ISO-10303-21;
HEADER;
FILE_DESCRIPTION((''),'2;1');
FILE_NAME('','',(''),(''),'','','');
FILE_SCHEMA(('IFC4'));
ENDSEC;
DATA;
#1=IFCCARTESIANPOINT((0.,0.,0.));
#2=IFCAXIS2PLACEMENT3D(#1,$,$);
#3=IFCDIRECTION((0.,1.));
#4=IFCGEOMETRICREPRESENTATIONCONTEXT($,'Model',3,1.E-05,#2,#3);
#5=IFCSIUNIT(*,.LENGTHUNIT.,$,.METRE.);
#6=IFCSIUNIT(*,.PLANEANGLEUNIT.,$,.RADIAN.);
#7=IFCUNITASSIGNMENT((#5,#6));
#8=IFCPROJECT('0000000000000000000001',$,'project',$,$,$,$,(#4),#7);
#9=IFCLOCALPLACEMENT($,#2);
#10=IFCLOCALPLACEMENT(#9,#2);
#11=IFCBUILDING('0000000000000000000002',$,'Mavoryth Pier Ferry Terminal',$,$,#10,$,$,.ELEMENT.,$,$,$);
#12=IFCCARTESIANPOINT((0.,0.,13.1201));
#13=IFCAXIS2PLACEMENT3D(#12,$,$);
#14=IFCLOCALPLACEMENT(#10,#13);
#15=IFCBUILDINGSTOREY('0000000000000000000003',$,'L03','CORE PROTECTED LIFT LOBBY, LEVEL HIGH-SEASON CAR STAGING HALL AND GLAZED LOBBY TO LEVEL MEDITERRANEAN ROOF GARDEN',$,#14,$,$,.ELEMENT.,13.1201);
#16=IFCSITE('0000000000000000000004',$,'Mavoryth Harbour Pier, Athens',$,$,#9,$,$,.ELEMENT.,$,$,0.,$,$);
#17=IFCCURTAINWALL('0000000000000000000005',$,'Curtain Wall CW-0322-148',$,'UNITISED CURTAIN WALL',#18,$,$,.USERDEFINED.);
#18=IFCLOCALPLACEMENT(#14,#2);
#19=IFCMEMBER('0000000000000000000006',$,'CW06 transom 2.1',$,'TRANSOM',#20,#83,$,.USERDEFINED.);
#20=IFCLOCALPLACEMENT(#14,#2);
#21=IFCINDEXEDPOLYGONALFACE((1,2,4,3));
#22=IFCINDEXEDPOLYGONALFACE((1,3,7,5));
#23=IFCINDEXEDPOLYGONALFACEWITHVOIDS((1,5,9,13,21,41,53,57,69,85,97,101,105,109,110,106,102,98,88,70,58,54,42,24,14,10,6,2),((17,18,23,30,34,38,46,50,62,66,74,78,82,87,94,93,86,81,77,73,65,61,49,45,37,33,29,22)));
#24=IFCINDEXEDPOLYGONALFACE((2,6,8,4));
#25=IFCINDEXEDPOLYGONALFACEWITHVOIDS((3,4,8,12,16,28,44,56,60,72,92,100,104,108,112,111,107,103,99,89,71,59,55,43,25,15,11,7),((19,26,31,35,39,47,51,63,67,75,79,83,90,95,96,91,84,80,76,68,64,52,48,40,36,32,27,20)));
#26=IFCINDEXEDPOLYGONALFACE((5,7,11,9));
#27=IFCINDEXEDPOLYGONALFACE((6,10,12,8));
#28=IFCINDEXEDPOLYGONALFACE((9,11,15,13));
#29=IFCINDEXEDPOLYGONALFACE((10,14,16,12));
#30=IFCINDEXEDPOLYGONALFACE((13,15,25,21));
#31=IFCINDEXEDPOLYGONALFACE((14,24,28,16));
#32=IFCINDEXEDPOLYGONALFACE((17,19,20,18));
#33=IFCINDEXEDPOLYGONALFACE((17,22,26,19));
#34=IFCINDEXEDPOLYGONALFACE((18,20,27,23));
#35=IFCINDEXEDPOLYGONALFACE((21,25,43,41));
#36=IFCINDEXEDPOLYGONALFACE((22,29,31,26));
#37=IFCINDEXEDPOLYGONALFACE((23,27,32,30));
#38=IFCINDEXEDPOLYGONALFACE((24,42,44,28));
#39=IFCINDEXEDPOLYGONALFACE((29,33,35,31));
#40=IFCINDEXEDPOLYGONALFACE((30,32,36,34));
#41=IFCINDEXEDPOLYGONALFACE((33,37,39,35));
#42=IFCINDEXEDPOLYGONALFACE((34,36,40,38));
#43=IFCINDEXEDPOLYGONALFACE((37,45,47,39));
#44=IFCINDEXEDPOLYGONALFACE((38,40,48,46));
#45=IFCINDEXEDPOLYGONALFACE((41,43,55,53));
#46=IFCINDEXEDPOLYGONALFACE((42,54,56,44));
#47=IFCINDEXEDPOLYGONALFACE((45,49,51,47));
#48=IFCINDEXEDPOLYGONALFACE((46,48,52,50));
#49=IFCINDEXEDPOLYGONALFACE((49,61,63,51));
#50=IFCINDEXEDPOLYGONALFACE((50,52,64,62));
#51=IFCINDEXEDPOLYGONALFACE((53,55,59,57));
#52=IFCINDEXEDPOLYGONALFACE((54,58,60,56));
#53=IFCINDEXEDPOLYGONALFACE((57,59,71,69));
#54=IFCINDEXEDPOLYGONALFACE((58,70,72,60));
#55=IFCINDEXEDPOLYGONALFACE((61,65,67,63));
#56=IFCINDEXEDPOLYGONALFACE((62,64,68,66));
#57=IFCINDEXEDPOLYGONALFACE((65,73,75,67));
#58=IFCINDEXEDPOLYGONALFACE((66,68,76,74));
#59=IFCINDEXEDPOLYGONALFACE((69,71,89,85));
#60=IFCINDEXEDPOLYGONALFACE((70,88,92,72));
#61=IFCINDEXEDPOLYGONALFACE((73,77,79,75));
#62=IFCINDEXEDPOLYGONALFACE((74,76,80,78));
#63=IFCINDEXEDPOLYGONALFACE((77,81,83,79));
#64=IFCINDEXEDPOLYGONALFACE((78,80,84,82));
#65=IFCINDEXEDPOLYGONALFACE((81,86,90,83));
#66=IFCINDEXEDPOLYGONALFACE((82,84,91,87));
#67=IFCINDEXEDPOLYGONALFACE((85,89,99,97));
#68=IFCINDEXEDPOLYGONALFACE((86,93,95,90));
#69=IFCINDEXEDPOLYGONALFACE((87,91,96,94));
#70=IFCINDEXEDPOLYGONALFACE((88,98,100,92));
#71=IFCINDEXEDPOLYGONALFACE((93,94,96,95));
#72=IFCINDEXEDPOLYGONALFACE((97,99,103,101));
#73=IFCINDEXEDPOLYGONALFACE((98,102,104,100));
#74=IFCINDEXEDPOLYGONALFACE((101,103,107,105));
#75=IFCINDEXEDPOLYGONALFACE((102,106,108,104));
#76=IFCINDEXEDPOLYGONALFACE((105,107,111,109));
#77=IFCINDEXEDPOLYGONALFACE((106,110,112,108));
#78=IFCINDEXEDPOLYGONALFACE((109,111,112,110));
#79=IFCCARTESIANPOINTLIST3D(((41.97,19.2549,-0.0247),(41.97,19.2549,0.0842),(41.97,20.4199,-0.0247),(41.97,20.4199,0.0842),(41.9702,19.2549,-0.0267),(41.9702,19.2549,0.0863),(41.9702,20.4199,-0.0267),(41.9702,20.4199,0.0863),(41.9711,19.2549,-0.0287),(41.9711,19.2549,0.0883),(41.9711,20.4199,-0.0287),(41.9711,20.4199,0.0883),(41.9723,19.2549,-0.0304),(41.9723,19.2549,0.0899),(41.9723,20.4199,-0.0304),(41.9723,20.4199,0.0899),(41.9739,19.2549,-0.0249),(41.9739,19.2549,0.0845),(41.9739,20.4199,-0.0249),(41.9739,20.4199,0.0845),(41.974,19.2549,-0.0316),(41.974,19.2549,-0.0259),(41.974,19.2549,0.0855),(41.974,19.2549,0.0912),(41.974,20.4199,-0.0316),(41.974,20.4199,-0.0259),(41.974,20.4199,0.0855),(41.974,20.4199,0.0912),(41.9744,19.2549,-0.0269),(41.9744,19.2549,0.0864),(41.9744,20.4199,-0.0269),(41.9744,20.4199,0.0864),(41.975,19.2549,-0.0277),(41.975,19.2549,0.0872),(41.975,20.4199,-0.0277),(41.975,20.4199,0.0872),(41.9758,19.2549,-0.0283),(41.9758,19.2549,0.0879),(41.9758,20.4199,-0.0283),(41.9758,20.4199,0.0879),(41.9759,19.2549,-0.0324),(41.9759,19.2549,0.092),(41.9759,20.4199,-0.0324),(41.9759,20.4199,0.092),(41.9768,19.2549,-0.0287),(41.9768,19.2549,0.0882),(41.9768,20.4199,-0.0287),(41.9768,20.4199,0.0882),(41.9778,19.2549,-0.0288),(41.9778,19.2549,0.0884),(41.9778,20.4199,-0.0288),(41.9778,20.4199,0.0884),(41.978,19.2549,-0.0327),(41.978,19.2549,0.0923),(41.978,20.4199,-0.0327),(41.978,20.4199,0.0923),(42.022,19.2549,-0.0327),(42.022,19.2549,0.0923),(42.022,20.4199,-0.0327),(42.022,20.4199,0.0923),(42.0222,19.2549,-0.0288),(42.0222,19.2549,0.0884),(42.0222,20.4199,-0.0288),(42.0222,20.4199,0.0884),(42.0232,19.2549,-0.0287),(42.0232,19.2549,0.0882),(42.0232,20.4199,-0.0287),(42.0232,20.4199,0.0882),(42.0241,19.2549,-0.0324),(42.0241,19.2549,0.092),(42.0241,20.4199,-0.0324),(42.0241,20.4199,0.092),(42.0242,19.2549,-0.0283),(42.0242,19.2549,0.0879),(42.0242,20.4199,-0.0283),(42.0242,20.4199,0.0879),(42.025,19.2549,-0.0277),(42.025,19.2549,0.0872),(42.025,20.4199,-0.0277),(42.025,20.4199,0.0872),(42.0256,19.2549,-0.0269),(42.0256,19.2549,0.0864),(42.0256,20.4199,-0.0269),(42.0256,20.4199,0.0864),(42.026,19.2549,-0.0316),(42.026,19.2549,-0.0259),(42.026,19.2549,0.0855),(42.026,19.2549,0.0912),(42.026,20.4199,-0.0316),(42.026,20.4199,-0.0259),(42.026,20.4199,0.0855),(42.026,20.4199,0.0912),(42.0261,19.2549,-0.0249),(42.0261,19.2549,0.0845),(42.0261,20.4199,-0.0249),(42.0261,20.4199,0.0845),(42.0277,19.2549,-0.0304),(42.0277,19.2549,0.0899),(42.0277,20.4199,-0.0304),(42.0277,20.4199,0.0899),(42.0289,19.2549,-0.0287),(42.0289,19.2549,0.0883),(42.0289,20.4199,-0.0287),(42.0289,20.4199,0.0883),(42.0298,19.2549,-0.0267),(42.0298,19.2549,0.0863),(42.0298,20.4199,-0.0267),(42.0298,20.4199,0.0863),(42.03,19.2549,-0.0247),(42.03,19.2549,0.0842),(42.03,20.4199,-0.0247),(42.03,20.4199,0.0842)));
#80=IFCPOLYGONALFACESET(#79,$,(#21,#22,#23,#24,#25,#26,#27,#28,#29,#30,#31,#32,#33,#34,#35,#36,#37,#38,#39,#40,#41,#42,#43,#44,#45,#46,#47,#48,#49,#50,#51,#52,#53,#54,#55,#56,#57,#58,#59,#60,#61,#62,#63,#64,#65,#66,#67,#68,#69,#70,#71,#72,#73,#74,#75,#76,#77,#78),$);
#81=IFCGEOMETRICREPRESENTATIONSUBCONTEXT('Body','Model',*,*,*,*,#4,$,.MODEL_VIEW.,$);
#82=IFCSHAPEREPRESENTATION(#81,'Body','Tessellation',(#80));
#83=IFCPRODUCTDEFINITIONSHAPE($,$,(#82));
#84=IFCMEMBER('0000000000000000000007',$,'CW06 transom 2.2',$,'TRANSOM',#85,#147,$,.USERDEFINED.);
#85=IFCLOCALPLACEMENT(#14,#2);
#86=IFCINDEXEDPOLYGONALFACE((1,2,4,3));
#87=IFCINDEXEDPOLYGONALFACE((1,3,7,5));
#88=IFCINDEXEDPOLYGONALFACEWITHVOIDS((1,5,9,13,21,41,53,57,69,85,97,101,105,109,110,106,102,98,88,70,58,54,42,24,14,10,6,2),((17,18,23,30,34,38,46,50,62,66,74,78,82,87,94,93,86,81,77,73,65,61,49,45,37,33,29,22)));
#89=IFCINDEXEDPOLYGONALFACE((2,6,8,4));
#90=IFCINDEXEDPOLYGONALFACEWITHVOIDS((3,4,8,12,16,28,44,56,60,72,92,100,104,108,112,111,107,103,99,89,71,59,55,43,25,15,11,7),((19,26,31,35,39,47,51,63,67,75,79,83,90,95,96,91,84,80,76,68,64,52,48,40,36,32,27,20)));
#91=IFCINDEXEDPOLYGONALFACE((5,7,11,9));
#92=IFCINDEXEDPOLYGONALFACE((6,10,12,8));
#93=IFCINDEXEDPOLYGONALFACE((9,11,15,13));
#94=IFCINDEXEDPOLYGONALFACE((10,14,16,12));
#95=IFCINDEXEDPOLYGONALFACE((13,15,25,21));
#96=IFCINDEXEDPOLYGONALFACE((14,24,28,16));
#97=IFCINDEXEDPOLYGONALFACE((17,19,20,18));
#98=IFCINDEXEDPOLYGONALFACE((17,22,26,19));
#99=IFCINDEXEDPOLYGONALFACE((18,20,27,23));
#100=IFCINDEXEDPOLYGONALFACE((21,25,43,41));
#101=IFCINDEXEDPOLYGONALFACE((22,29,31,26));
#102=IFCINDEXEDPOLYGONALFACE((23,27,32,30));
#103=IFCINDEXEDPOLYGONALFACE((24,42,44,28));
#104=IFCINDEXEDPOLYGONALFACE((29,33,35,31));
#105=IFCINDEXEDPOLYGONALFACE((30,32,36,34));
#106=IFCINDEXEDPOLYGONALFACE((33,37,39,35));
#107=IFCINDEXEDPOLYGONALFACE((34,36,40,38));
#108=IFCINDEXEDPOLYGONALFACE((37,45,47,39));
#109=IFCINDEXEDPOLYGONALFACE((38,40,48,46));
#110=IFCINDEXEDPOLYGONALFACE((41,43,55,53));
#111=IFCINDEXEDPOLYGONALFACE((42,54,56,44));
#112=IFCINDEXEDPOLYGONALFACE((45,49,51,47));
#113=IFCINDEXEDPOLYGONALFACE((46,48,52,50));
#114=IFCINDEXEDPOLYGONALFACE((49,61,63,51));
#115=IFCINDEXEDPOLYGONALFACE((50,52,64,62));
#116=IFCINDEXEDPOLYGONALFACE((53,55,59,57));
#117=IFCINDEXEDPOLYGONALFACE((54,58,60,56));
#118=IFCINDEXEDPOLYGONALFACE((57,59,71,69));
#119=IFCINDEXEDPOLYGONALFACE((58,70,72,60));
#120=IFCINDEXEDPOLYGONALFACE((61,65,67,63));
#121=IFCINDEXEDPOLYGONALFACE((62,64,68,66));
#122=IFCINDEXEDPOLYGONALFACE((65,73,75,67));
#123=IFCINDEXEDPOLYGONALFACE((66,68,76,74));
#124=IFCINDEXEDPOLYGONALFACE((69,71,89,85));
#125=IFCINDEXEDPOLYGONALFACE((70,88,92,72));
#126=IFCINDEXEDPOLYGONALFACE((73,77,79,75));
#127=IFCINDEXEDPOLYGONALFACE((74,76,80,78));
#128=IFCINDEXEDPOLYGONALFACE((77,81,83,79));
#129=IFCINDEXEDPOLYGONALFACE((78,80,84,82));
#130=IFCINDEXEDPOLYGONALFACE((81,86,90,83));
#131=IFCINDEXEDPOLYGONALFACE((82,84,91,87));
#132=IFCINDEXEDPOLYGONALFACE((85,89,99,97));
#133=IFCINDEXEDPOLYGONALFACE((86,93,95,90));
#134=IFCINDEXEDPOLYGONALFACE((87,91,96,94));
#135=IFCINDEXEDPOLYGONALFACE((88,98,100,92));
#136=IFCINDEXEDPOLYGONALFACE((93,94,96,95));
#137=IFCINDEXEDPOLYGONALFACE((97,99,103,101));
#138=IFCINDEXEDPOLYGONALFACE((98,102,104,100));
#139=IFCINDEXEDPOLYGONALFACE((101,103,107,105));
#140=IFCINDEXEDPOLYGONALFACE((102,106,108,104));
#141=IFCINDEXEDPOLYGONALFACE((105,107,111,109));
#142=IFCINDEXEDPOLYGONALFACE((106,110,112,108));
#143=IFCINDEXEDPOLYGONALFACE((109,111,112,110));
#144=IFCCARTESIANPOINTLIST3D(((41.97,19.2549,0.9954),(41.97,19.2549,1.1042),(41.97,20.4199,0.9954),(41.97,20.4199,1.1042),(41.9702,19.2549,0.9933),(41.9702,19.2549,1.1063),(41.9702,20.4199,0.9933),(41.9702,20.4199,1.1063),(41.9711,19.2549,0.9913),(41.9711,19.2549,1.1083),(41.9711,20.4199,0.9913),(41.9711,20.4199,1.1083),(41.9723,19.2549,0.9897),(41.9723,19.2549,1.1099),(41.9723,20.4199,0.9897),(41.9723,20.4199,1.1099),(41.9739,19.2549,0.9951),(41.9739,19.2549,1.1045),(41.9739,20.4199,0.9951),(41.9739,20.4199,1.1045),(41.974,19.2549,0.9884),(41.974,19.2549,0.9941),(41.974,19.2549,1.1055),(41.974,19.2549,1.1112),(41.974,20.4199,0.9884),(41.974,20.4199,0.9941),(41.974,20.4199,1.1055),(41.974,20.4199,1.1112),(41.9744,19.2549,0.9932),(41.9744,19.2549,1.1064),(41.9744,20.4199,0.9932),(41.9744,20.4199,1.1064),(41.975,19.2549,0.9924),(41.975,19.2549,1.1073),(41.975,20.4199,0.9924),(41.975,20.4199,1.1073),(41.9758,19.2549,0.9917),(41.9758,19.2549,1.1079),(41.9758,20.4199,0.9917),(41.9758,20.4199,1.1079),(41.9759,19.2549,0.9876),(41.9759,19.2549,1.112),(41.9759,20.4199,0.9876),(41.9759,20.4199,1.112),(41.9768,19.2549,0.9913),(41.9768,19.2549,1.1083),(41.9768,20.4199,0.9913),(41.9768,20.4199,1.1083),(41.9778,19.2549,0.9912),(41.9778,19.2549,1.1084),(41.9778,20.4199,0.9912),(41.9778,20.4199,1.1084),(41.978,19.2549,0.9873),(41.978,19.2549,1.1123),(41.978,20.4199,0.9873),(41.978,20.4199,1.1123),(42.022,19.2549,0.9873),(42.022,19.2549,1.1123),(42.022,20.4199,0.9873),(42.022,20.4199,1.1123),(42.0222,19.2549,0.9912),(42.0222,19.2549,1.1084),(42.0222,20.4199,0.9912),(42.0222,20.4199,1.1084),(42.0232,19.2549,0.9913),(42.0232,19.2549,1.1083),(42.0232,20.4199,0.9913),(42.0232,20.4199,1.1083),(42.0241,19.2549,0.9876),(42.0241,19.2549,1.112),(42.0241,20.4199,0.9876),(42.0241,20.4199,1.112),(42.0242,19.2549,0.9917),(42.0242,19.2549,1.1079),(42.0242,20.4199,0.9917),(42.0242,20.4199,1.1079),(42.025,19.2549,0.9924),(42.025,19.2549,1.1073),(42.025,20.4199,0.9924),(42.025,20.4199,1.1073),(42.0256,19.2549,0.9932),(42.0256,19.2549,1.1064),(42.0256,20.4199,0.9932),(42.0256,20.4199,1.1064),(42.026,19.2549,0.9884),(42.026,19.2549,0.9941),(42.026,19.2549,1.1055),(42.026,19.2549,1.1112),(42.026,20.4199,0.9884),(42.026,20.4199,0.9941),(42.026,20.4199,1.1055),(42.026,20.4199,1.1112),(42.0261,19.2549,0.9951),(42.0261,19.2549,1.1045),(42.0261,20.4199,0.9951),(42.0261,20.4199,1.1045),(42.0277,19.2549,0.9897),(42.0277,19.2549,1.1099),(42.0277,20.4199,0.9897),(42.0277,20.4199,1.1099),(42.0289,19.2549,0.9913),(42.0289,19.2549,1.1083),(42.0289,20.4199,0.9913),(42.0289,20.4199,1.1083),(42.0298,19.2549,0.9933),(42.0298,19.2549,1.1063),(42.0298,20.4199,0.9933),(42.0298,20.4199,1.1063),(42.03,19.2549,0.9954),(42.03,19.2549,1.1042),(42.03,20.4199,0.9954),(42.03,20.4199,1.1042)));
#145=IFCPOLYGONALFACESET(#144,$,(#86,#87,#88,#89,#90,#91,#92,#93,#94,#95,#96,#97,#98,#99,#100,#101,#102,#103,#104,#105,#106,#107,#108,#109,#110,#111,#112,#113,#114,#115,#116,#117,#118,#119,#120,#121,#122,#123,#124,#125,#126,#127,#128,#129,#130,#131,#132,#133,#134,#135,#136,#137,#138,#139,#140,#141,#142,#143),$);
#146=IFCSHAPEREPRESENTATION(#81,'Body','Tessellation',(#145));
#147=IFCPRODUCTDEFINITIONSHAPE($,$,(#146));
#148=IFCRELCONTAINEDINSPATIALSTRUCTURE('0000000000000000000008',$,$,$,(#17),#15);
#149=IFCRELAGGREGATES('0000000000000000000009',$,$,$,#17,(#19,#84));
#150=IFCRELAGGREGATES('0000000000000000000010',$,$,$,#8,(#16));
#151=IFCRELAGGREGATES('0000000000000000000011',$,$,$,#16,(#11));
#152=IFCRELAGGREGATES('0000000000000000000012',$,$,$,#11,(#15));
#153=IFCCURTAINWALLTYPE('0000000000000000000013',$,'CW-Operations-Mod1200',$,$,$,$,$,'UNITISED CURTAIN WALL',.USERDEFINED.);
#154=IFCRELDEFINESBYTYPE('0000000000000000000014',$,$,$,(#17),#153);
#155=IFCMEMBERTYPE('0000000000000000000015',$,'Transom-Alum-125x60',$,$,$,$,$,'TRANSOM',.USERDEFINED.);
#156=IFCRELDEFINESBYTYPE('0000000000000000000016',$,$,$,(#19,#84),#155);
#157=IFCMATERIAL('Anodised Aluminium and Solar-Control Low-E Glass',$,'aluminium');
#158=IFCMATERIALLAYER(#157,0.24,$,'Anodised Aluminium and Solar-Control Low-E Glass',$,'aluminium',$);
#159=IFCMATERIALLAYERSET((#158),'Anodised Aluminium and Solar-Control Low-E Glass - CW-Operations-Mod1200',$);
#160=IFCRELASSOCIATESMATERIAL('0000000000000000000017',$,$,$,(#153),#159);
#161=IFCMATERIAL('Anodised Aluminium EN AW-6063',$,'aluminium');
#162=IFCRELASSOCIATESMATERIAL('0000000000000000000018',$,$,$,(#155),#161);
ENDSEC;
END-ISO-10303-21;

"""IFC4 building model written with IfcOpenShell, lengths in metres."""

from ifc_helpers import new_model, si_unit, direction, frame, origin, origin_2d, place, context, subcontext, project, spatial, hollow_rectangle, extrude, material, layer, layer_set, material_profile, profile_set, type_object, element, aggregate, save


model = new_model("IFC4")

# Units and contexts
model_context = context("Model", 3, precision=1e-05, world=origin(), true_north=direction((0.0, 1.0)))
body_context = subcontext(model_context, "Body", "Model", "MODEL_VIEW")
ifc_project = project(units=[si_unit("LENGTHUNIT", "METRE"), si_unit("PLANEANGLEUNIT", "RADIAN")], contexts=[model_context])

# Site, building, storey
site_placement = place(None, origin())
site = spatial("IfcSite", under=ifc_project, at=site_placement, Name="Mavoryth Harbour Pier, Athens", CompositionType="ELEMENT", RefElevation=0.0)
building_placement = place(site_placement, origin())
building = spatial("IfcBuilding", under=site, at=building_placement, Name="Mavoryth Pier Ferry Terminal", CompositionType="ELEMENT")
storey_placement = place(building_placement, frame((0.0, 0.0, 13.1201)))
storey = spatial("IfcBuildingStorey", under=building, at=storey_placement, Name="L03", Description="CORE PROTECTED LIFT LOBBY, LEVEL HIGH-SEASON CAR STAGING HALL AND GLAZED LOBBY TO LEVEL MEDITERRANEAN ROOF GARDEN", CompositionType="ELEMENT", Elevation=13.1201)

# Curtain wall, members
ifc_material_1 = material(Name="Anodised Aluminium and Solar-Control Low-E Glass", Category="aluminium")
ifc_layer_1 = layer(ifc_material_1, 0.24, Name="Anodised Aluminium and Solar-Control Low-E Glass", Category="aluminium")
ifc_layer_set_1 = layer_set([ifc_layer_1], Name="Anodised Aluminium and Solar-Control Low-E Glass - CW-Operations-Mod1200")
curtain_wall_type = type_object("IfcCurtainWallType", Name="CW-Operations-Mod1200", ElementType="UNITISED CURTAIN WALL", PredefinedType="USERDEFINED", material=ifc_layer_set_1)
curtain_wall_placement = place(storey_placement, origin())
curtain_wall = element("IfcCurtainWall", 1, at=curtain_wall_placement, inside=storey, type_object=curtain_wall_type, Name="Curtain Wall CW-0322-148", ObjectType="UNITISED CURTAIN WALL", PredefinedType="USERDEFINED")
ifc_material_2 = material(Name="Anodised Aluminium EN AW-6063", Category="aluminium")
ifc_material_profile_1 = material_profile(ifc_material_2, hollow_rectangle(XDim=0.0601, YDim=0.125, WallThickness=0.0039, InnerFilletRadius=0.0039, OuterFilletRadius=0.0081, at=origin_2d()), Name="AL-TRAN 125x60x4", Category="aluminium")
ifc_profile_set_1 = profile_set([ifc_material_profile_1], Name="Anodised Aluminium EN AW-6063 - AL-TRAN 125x60x4")
member_type_1 = type_object("IfcMemberType", Name="Transom-Alum-125x60", ElementType="TRANSOM", PredefinedType="USERDEFINED", material=ifc_profile_set_1)
member_1_placement = place(storey_placement, frame((42.0, 20.4199, 0.0298), z_axis=(0.0, -1.0, 0.0), x_axis=(1.0, 0.0, 0.0)))
member_1 = element("IfcMember", 2, at=member_1_placement, type_object=member_type_1, Name="CW06 transom 2.1", ObjectType="TRANSOM", PredefinedType="USERDEFINED", context=body_context, shape_type="SweptSolid", body=[
    extrude(hollow_rectangle(XDim=0.0601, YDim=0.125, WallThickness=0.0039, InnerFilletRadius=0.0039, OuterFilletRadius=0.0081, at=origin_2d()), origin(), (0.0, 0.0, 1.0), 1.165),
])
member_2_placement = place(storey_placement, frame((42.0, 20.4199, 1.0498), z_axis=(0.0, -1.0, 0.0), x_axis=(1.0, 0.0, 0.0)))
member_2 = element("IfcMember", 3, at=member_2_placement, type_object=member_type_1, Name="CW06 transom 2.2", ObjectType="TRANSOM", PredefinedType="USERDEFINED", context=body_context, shape_type="SweptSolid", body=[
    extrude(hollow_rectangle(XDim=0.0601, YDim=0.125, WallThickness=0.0039, InnerFilletRadius=0.0039, OuterFilletRadius=0.0081, at=origin_2d()), origin(), (0.0, 0.0, 1.0), 1.165),
])
aggregate(curtain_wall, [member_1, member_2])

save(model, "model.ifc")
